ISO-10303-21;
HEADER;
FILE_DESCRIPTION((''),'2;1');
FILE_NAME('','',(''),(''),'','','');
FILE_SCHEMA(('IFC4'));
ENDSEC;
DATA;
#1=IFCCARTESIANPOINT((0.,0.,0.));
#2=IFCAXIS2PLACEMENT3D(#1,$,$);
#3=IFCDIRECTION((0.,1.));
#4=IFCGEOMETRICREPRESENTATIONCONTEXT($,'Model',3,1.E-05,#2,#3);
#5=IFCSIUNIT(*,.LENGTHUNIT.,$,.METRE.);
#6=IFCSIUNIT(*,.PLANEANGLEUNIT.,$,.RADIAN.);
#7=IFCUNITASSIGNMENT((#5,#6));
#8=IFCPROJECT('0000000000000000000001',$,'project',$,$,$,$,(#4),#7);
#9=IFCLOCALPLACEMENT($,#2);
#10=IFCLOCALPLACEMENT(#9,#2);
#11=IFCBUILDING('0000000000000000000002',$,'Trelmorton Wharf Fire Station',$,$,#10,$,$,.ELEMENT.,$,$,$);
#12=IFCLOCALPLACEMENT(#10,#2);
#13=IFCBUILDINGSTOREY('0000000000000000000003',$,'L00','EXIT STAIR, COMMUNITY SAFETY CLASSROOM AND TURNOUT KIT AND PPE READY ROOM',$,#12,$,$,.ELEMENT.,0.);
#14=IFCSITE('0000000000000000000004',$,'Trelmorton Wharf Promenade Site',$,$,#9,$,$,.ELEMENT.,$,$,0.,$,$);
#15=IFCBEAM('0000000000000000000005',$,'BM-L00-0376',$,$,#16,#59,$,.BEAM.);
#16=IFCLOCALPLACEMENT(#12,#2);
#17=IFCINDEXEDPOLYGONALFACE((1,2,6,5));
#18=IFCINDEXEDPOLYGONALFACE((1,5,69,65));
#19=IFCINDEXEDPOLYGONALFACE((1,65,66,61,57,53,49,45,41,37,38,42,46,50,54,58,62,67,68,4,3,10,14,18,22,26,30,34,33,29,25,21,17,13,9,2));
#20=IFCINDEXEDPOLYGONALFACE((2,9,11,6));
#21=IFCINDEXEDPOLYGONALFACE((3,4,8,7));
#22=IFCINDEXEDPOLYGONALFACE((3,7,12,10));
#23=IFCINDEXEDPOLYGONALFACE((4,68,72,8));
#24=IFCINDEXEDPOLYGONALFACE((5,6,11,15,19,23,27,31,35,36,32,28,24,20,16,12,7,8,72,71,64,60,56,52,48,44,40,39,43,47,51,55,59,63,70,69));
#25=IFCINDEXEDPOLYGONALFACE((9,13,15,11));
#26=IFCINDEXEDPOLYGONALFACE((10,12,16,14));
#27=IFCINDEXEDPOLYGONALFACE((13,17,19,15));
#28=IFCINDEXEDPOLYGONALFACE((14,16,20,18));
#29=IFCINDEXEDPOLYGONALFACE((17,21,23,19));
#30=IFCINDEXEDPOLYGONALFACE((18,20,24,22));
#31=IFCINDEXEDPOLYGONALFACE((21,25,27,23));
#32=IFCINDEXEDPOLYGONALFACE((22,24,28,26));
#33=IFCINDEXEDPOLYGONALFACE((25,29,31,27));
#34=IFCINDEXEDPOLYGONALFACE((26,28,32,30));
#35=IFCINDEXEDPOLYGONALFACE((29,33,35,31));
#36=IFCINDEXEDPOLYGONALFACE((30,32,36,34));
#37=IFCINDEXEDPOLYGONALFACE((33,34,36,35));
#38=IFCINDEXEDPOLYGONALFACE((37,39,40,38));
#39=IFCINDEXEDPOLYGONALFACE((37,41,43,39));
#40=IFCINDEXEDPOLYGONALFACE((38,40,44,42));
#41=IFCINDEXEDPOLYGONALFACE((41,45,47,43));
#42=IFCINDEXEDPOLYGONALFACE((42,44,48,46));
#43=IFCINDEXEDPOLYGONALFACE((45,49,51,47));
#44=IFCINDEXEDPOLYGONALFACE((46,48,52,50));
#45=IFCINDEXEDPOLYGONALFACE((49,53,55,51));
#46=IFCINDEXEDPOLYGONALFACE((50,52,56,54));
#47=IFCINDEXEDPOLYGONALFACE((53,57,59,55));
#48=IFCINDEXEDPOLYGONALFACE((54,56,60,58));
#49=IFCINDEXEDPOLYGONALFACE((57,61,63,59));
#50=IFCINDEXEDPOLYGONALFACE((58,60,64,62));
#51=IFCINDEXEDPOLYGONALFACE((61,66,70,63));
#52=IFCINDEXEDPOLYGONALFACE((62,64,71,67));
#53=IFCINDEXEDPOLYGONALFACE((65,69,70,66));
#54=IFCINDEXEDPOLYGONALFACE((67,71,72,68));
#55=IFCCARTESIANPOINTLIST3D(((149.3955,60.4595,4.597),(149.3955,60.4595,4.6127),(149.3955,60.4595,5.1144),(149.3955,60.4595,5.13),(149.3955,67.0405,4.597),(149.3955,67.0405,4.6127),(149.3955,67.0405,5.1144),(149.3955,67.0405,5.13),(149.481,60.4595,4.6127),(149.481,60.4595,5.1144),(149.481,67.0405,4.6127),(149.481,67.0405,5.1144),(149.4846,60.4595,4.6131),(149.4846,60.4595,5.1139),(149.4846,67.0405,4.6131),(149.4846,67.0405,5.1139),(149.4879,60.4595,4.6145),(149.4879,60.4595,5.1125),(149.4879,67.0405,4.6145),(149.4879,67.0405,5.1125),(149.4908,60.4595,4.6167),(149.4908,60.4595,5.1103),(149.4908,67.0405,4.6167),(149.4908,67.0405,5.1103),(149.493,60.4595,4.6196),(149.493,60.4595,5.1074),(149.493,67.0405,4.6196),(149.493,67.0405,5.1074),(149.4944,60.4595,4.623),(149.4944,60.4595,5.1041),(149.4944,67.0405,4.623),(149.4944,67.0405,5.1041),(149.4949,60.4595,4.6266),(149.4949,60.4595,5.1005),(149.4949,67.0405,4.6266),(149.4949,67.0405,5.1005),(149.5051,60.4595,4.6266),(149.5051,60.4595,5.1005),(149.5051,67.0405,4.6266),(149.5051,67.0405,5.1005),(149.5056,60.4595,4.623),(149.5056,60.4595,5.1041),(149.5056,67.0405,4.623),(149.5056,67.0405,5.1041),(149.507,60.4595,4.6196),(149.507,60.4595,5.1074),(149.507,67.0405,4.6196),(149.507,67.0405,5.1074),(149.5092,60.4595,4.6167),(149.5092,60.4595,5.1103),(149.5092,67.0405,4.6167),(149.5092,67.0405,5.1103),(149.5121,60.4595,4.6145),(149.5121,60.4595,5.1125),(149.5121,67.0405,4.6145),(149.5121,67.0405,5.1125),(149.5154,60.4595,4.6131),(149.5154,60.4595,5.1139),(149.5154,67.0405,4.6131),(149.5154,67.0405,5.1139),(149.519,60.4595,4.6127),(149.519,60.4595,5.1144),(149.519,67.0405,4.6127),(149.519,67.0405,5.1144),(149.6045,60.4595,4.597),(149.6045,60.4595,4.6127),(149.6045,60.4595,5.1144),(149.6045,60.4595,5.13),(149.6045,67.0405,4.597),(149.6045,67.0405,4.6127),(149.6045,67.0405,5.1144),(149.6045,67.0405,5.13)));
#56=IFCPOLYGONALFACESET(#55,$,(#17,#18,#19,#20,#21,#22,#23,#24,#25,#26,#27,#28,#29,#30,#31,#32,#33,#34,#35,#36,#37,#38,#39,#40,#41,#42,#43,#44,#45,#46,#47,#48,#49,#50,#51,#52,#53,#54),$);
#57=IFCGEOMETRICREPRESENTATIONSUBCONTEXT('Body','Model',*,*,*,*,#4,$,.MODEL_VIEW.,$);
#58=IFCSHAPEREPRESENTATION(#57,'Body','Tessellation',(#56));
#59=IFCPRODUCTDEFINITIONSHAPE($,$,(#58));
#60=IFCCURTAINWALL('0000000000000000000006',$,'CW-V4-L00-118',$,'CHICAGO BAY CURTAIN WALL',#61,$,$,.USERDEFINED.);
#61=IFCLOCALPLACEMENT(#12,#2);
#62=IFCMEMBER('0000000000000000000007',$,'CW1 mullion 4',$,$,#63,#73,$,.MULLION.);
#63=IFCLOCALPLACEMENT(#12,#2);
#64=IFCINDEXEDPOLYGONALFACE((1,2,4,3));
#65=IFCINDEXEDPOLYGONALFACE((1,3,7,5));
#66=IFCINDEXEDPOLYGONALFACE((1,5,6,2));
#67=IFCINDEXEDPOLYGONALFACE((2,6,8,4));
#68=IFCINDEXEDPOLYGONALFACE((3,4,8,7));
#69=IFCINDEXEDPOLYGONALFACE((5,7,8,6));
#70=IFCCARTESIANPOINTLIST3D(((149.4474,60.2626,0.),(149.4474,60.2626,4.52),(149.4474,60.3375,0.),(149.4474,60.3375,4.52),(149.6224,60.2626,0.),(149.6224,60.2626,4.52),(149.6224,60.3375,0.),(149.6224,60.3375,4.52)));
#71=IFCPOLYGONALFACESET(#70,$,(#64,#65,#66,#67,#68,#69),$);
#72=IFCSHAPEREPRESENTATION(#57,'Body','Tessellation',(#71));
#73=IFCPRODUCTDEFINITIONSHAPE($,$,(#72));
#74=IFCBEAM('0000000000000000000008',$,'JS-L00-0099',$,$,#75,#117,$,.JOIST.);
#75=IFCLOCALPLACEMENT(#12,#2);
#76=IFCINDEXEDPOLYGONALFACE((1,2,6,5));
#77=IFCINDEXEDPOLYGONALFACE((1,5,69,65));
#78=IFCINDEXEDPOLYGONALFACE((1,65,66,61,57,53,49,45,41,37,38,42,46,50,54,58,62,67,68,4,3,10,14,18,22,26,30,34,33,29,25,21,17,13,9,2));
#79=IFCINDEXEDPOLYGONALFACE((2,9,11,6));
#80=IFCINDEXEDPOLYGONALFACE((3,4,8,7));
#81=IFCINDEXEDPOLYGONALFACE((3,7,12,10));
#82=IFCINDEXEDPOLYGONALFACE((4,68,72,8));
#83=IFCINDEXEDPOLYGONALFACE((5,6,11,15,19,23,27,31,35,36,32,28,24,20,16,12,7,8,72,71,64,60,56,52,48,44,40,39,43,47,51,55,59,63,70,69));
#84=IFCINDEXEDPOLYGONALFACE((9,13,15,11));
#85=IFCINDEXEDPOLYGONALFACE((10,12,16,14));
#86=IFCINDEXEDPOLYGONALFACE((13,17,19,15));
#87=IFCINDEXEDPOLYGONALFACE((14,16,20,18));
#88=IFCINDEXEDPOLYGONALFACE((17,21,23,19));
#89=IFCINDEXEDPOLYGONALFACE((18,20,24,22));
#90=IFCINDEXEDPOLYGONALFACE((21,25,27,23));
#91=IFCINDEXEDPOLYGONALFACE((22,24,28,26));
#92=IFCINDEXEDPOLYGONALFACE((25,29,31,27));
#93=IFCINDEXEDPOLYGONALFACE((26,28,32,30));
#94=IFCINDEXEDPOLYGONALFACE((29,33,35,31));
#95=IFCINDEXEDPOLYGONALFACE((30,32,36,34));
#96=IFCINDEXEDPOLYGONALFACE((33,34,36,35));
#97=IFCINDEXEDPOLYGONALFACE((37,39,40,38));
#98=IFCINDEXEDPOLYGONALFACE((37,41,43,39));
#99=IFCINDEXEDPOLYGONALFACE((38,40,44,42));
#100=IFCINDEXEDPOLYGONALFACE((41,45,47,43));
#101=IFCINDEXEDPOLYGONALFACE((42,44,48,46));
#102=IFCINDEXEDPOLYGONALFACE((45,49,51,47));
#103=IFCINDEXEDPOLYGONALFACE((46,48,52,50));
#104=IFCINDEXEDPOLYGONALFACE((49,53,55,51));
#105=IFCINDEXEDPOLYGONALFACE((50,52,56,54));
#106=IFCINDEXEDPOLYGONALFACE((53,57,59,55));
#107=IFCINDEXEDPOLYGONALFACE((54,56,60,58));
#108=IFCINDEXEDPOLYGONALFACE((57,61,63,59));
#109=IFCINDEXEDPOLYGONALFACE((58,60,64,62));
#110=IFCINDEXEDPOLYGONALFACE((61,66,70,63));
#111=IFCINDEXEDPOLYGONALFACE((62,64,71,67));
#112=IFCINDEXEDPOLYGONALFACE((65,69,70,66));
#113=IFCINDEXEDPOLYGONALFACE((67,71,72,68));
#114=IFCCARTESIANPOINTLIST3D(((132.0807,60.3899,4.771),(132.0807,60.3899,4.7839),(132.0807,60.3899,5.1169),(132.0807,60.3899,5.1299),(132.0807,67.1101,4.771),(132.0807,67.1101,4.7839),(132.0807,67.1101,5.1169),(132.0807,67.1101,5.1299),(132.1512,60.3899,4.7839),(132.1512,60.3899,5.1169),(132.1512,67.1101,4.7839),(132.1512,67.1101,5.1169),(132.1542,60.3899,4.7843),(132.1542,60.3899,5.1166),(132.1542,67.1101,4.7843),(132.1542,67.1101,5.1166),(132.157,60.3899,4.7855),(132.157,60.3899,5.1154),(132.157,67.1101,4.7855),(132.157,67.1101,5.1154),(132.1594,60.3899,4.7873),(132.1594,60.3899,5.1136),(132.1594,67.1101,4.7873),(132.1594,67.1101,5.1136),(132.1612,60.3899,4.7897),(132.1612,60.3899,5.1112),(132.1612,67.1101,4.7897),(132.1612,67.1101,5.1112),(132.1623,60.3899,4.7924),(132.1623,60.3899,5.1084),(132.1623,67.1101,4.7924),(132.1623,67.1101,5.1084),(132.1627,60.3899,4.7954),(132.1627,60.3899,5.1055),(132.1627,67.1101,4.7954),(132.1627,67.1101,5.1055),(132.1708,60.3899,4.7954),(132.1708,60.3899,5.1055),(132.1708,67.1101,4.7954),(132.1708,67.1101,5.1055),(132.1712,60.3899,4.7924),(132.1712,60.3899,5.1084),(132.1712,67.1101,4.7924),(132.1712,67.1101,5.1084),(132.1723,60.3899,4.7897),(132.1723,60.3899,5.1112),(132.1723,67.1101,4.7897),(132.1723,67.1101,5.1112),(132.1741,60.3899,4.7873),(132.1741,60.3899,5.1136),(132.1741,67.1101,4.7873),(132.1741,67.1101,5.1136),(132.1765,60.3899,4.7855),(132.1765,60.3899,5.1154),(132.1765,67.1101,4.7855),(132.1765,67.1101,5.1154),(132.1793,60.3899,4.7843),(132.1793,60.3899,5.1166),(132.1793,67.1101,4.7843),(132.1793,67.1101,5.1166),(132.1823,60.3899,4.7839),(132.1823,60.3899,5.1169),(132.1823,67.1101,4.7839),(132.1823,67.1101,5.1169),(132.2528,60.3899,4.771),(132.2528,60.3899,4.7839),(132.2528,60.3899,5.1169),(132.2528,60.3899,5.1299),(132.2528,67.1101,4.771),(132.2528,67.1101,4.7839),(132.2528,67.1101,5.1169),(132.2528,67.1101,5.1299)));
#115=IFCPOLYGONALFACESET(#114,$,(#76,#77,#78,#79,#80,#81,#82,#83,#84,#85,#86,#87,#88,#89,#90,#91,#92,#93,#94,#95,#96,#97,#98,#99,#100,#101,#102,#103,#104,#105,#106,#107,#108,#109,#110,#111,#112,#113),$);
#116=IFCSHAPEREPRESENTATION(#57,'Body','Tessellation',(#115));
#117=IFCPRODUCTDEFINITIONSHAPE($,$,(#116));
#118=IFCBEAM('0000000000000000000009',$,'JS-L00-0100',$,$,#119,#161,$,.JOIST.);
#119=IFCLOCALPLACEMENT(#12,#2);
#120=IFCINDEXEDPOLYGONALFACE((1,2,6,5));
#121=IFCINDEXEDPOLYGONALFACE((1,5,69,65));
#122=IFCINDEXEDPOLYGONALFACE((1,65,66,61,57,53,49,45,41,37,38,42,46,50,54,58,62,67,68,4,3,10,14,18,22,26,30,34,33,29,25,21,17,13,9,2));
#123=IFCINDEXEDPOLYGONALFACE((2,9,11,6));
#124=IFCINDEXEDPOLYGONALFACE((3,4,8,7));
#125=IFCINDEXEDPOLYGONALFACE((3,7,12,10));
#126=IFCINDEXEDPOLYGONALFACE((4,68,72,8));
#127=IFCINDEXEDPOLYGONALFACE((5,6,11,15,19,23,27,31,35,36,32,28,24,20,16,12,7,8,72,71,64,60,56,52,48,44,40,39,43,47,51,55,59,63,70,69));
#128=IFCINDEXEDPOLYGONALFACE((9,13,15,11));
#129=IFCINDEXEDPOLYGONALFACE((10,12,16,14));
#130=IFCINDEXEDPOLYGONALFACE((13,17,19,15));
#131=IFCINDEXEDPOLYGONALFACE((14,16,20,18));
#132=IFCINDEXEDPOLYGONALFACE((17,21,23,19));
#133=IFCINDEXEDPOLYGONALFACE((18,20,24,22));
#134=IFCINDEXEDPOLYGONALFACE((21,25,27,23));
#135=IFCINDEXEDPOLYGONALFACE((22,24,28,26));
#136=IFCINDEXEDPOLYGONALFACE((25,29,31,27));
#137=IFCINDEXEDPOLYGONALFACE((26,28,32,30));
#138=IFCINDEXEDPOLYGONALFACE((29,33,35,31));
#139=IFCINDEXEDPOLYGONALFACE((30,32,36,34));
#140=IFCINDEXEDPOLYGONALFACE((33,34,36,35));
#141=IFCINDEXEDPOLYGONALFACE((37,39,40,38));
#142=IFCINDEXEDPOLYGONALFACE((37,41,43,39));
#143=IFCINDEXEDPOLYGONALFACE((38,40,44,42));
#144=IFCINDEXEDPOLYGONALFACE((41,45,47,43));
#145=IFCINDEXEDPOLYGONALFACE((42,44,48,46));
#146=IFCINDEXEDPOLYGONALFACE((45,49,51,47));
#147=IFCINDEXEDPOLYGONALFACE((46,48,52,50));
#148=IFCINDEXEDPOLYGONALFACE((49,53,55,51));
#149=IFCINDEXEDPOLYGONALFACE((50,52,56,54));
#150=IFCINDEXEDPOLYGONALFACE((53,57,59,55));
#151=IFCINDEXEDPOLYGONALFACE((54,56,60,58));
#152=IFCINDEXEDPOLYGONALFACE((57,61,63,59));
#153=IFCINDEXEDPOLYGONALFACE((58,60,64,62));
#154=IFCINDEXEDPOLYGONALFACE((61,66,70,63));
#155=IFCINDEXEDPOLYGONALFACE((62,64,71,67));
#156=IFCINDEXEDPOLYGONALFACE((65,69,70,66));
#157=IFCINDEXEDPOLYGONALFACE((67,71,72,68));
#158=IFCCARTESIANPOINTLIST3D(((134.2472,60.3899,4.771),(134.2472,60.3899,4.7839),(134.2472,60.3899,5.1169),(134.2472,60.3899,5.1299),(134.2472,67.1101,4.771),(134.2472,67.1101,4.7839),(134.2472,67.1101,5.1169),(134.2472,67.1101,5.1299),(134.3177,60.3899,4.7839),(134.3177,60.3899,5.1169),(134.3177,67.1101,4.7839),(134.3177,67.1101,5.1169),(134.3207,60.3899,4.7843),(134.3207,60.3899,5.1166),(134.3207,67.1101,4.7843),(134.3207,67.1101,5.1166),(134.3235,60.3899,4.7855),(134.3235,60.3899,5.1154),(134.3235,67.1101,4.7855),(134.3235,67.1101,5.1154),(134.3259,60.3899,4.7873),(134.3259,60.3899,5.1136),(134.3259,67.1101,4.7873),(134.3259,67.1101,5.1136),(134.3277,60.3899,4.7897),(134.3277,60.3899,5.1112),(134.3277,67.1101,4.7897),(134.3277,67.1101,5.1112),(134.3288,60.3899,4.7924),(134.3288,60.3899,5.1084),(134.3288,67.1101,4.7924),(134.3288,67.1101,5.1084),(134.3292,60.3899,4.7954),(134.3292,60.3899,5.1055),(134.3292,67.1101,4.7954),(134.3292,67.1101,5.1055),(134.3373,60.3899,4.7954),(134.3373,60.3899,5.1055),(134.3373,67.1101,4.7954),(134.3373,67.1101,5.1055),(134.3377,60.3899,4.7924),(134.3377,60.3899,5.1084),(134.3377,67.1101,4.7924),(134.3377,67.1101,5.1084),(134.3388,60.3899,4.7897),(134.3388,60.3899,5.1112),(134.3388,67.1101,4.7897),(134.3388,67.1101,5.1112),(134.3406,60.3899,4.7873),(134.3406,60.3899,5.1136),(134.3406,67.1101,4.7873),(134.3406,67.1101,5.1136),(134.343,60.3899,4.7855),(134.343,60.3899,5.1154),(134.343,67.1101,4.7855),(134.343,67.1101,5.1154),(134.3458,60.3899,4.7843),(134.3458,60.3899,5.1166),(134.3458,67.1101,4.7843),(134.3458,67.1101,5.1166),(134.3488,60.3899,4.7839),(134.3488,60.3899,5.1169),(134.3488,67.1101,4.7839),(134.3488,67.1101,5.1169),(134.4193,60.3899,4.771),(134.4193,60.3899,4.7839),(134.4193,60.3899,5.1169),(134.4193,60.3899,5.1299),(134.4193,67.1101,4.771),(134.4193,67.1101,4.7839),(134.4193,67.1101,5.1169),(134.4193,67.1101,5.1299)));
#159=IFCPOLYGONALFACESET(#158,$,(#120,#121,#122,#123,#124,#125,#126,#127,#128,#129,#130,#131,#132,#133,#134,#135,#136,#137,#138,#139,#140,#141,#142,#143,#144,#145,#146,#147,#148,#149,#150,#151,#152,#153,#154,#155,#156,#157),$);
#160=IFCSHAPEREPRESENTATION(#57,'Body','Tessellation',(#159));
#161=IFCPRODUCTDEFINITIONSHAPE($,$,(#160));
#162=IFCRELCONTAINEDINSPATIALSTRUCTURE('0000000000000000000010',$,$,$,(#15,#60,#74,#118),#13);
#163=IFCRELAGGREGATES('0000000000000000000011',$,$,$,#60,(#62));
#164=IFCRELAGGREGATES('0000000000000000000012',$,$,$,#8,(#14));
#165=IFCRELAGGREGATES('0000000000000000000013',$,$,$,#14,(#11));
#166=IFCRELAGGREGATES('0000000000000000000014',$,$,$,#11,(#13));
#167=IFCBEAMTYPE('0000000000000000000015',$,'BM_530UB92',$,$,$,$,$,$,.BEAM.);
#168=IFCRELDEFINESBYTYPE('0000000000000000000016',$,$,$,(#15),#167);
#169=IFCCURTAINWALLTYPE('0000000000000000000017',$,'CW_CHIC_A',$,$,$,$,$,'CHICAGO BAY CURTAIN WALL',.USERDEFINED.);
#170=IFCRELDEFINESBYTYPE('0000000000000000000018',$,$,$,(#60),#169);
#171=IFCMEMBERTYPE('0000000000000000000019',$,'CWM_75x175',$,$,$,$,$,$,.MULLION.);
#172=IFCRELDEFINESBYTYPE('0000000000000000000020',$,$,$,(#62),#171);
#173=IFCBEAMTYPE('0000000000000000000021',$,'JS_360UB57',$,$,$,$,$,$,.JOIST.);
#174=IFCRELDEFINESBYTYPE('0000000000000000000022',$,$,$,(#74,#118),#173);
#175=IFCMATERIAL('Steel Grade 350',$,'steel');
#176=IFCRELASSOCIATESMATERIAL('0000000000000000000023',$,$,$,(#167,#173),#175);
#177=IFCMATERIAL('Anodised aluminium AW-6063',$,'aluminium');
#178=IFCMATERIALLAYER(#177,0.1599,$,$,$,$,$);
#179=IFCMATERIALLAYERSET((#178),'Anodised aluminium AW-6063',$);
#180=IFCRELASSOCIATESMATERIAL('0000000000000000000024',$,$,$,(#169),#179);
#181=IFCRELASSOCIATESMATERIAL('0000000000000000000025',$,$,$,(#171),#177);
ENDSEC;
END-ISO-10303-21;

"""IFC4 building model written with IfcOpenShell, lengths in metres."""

from ifc_helpers import new_model, si_unit, direction, frame, origin, origin_2d, place, context, subcontext, project, spatial, rectangle, i_section, extrude, material, layer, layer_set, material_profile, profile_set, type_object, element, aggregate, save


model = new_model("IFC4")

# Units and contexts
model_context = context("Model", 3, precision=1e-05, world=origin(), true_north=direction((0.0, 1.0)))
body_context = subcontext(model_context, "Body", "Model", "MODEL_VIEW")
ifc_project = project(units=[si_unit("LENGTHUNIT", "METRE"), si_unit("PLANEANGLEUNIT", "RADIAN")], contexts=[model_context])

# Site, building, storey
site_placement = place(None, origin())
site = spatial("IfcSite", under=ifc_project, at=site_placement, Name="Trelmorton Wharf Promenade Site", CompositionType="ELEMENT", RefElevation=0.0)
building_placement = place(site_placement, origin())
building = spatial("IfcBuilding", under=site, at=building_placement, Name="Trelmorton Wharf Fire Station", CompositionType="ELEMENT")
storey_placement = place(building_placement, origin())
storey = spatial("IfcBuildingStorey", under=building, at=storey_placement, Name="L00", Description="EXIT STAIR, COMMUNITY SAFETY CLASSROOM AND TURNOUT KIT AND PPE READY ROOM", CompositionType="ELEMENT", Elevation=0.0)

# Shared definitions
ifc_material_1 = material(Name="Steel Grade 350", Category="steel")

# Beam
ifc_material_profile_1 = material_profile(ifc_material_1, i_section(OverallWidth=0.209, OverallDepth=0.533, WebThickness=0.0103, FlangeThickness=0.0156, FilletRadius=0.0139, at=origin_2d()), Name="530UB92.4")
ifc_profile_set_1 = profile_set([ifc_material_profile_1], Name="Steel Grade 350")
beam_type_1 = type_object("IfcBeamType", Name="BM_530UB92", PredefinedType="BEAM", material=ifc_profile_set_1)
for number, where, z_axis, x_axis, name in (
    (1, (149.5, 60.4595, 4.8635), (0.0, 1.0, 0.0), (-1.0, 0.0, 0.0), "BM-L00-0376"),
):
    element("IfcBeam", number, at=place(storey_placement, frame(where, z_axis=z_axis, x_axis=x_axis)), inside=storey, type_object=beam_type_1, Name=name, PredefinedType="BEAM", context=body_context, shape_type="SweptSolid", body=[
        extrude(i_section(OverallWidth=0.209, OverallDepth=0.533, WebThickness=0.0103, FlangeThickness=0.0156, FilletRadius=0.0139, at=origin_2d()), origin(), (0.0, 0.0, 1.0), 6.5811),
    ])

# Curtain wall, member
ifc_material_2 = material(Name="Anodised aluminium AW-6063", Category="aluminium")
ifc_layer_1 = layer(ifc_material_2, 0.1599)
ifc_layer_set_1 = layer_set([ifc_layer_1], Name="Anodised aluminium AW-6063")
curtain_wall_type = type_object("IfcCurtainWallType", Name="CW_CHIC_A", ElementType="CHICAGO BAY CURTAIN WALL", PredefinedType="USERDEFINED", material=ifc_layer_set_1)
curtain_wall_placement = place(storey_placement, origin())
curtain_wall = element("IfcCurtainWall", 2, at=curtain_wall_placement, inside=storey, type_object=curtain_wall_type, Name="CW-V4-L00-118", ObjectType="CHICAGO BAY CURTAIN WALL", PredefinedType="USERDEFINED")
ifc_material_profile_2 = material_profile(ifc_material_2, rectangle(XDim=0.075, YDim=0.175, at=origin_2d()), Name="ALU-75x175")
ifc_profile_set_2 = profile_set([ifc_material_profile_2], Name="Anodised aluminium AW-6063")
member_type = type_object("IfcMemberType", Name="CWM_75x175", PredefinedType="MULLION", material=ifc_profile_set_2)
member_placement = place(storey_placement, frame((149.5349, 60.3, 0.0), z_axis=(0.0, 0.0, 1.0), x_axis=(0.0, -1.0, 0.0)))
member = element("IfcMember", 3, at=member_placement, type_object=member_type, Name="CW1 mullion 4", PredefinedType="MULLION", context=body_context, shape_type="SweptSolid", body=[
    extrude(rectangle(XDim=0.075, YDim=0.175, at=origin_2d()), origin(), (0.0, 0.0, 1.0), 4.52),
])
aggregate(curtain_wall, [member])

# Beams
ifc_material_profile_3 = material_profile(ifc_material_1, i_section(OverallWidth=0.1721, OverallDepth=0.3589, WebThickness=0.0081, FlangeThickness=0.0129, FilletRadius=0.0115, at=origin_2d()), Name="360UB56.7")
ifc_profile_set_3 = profile_set([ifc_material_profile_3], Name="Steel Grade 350")
beam_type_2 = type_object("IfcBeamType", Name="JS_360UB57", PredefinedType="JOIST", material=ifc_profile_set_3)
for number, where, z_axis, x_axis, name in (
    (4, (132.1667, 60.3899, 4.9504), (0.0, 1.0, 0.0), (-1.0, 0.0, 0.0), "JS-L00-0099"),
    (5, (134.3333, 60.3899, 4.9504), (0.0, 1.0, 0.0), (-1.0, 0.0, 0.0), "JS-L00-0100"),
):
    element("IfcBeam", number, at=place(storey_placement, frame(where, z_axis=z_axis, x_axis=x_axis)), inside=storey, type_object=beam_type_2, Name=name, PredefinedType="JOIST", context=body_context, shape_type="SweptSolid", body=[
        extrude(i_section(OverallWidth=0.1721, OverallDepth=0.3589, WebThickness=0.0081, FlangeThickness=0.0129, FilletRadius=0.0115, at=origin_2d()), origin(), (0.0, 0.0, 1.0), 6.7202),
    ])

save(model, "model.ifc")
